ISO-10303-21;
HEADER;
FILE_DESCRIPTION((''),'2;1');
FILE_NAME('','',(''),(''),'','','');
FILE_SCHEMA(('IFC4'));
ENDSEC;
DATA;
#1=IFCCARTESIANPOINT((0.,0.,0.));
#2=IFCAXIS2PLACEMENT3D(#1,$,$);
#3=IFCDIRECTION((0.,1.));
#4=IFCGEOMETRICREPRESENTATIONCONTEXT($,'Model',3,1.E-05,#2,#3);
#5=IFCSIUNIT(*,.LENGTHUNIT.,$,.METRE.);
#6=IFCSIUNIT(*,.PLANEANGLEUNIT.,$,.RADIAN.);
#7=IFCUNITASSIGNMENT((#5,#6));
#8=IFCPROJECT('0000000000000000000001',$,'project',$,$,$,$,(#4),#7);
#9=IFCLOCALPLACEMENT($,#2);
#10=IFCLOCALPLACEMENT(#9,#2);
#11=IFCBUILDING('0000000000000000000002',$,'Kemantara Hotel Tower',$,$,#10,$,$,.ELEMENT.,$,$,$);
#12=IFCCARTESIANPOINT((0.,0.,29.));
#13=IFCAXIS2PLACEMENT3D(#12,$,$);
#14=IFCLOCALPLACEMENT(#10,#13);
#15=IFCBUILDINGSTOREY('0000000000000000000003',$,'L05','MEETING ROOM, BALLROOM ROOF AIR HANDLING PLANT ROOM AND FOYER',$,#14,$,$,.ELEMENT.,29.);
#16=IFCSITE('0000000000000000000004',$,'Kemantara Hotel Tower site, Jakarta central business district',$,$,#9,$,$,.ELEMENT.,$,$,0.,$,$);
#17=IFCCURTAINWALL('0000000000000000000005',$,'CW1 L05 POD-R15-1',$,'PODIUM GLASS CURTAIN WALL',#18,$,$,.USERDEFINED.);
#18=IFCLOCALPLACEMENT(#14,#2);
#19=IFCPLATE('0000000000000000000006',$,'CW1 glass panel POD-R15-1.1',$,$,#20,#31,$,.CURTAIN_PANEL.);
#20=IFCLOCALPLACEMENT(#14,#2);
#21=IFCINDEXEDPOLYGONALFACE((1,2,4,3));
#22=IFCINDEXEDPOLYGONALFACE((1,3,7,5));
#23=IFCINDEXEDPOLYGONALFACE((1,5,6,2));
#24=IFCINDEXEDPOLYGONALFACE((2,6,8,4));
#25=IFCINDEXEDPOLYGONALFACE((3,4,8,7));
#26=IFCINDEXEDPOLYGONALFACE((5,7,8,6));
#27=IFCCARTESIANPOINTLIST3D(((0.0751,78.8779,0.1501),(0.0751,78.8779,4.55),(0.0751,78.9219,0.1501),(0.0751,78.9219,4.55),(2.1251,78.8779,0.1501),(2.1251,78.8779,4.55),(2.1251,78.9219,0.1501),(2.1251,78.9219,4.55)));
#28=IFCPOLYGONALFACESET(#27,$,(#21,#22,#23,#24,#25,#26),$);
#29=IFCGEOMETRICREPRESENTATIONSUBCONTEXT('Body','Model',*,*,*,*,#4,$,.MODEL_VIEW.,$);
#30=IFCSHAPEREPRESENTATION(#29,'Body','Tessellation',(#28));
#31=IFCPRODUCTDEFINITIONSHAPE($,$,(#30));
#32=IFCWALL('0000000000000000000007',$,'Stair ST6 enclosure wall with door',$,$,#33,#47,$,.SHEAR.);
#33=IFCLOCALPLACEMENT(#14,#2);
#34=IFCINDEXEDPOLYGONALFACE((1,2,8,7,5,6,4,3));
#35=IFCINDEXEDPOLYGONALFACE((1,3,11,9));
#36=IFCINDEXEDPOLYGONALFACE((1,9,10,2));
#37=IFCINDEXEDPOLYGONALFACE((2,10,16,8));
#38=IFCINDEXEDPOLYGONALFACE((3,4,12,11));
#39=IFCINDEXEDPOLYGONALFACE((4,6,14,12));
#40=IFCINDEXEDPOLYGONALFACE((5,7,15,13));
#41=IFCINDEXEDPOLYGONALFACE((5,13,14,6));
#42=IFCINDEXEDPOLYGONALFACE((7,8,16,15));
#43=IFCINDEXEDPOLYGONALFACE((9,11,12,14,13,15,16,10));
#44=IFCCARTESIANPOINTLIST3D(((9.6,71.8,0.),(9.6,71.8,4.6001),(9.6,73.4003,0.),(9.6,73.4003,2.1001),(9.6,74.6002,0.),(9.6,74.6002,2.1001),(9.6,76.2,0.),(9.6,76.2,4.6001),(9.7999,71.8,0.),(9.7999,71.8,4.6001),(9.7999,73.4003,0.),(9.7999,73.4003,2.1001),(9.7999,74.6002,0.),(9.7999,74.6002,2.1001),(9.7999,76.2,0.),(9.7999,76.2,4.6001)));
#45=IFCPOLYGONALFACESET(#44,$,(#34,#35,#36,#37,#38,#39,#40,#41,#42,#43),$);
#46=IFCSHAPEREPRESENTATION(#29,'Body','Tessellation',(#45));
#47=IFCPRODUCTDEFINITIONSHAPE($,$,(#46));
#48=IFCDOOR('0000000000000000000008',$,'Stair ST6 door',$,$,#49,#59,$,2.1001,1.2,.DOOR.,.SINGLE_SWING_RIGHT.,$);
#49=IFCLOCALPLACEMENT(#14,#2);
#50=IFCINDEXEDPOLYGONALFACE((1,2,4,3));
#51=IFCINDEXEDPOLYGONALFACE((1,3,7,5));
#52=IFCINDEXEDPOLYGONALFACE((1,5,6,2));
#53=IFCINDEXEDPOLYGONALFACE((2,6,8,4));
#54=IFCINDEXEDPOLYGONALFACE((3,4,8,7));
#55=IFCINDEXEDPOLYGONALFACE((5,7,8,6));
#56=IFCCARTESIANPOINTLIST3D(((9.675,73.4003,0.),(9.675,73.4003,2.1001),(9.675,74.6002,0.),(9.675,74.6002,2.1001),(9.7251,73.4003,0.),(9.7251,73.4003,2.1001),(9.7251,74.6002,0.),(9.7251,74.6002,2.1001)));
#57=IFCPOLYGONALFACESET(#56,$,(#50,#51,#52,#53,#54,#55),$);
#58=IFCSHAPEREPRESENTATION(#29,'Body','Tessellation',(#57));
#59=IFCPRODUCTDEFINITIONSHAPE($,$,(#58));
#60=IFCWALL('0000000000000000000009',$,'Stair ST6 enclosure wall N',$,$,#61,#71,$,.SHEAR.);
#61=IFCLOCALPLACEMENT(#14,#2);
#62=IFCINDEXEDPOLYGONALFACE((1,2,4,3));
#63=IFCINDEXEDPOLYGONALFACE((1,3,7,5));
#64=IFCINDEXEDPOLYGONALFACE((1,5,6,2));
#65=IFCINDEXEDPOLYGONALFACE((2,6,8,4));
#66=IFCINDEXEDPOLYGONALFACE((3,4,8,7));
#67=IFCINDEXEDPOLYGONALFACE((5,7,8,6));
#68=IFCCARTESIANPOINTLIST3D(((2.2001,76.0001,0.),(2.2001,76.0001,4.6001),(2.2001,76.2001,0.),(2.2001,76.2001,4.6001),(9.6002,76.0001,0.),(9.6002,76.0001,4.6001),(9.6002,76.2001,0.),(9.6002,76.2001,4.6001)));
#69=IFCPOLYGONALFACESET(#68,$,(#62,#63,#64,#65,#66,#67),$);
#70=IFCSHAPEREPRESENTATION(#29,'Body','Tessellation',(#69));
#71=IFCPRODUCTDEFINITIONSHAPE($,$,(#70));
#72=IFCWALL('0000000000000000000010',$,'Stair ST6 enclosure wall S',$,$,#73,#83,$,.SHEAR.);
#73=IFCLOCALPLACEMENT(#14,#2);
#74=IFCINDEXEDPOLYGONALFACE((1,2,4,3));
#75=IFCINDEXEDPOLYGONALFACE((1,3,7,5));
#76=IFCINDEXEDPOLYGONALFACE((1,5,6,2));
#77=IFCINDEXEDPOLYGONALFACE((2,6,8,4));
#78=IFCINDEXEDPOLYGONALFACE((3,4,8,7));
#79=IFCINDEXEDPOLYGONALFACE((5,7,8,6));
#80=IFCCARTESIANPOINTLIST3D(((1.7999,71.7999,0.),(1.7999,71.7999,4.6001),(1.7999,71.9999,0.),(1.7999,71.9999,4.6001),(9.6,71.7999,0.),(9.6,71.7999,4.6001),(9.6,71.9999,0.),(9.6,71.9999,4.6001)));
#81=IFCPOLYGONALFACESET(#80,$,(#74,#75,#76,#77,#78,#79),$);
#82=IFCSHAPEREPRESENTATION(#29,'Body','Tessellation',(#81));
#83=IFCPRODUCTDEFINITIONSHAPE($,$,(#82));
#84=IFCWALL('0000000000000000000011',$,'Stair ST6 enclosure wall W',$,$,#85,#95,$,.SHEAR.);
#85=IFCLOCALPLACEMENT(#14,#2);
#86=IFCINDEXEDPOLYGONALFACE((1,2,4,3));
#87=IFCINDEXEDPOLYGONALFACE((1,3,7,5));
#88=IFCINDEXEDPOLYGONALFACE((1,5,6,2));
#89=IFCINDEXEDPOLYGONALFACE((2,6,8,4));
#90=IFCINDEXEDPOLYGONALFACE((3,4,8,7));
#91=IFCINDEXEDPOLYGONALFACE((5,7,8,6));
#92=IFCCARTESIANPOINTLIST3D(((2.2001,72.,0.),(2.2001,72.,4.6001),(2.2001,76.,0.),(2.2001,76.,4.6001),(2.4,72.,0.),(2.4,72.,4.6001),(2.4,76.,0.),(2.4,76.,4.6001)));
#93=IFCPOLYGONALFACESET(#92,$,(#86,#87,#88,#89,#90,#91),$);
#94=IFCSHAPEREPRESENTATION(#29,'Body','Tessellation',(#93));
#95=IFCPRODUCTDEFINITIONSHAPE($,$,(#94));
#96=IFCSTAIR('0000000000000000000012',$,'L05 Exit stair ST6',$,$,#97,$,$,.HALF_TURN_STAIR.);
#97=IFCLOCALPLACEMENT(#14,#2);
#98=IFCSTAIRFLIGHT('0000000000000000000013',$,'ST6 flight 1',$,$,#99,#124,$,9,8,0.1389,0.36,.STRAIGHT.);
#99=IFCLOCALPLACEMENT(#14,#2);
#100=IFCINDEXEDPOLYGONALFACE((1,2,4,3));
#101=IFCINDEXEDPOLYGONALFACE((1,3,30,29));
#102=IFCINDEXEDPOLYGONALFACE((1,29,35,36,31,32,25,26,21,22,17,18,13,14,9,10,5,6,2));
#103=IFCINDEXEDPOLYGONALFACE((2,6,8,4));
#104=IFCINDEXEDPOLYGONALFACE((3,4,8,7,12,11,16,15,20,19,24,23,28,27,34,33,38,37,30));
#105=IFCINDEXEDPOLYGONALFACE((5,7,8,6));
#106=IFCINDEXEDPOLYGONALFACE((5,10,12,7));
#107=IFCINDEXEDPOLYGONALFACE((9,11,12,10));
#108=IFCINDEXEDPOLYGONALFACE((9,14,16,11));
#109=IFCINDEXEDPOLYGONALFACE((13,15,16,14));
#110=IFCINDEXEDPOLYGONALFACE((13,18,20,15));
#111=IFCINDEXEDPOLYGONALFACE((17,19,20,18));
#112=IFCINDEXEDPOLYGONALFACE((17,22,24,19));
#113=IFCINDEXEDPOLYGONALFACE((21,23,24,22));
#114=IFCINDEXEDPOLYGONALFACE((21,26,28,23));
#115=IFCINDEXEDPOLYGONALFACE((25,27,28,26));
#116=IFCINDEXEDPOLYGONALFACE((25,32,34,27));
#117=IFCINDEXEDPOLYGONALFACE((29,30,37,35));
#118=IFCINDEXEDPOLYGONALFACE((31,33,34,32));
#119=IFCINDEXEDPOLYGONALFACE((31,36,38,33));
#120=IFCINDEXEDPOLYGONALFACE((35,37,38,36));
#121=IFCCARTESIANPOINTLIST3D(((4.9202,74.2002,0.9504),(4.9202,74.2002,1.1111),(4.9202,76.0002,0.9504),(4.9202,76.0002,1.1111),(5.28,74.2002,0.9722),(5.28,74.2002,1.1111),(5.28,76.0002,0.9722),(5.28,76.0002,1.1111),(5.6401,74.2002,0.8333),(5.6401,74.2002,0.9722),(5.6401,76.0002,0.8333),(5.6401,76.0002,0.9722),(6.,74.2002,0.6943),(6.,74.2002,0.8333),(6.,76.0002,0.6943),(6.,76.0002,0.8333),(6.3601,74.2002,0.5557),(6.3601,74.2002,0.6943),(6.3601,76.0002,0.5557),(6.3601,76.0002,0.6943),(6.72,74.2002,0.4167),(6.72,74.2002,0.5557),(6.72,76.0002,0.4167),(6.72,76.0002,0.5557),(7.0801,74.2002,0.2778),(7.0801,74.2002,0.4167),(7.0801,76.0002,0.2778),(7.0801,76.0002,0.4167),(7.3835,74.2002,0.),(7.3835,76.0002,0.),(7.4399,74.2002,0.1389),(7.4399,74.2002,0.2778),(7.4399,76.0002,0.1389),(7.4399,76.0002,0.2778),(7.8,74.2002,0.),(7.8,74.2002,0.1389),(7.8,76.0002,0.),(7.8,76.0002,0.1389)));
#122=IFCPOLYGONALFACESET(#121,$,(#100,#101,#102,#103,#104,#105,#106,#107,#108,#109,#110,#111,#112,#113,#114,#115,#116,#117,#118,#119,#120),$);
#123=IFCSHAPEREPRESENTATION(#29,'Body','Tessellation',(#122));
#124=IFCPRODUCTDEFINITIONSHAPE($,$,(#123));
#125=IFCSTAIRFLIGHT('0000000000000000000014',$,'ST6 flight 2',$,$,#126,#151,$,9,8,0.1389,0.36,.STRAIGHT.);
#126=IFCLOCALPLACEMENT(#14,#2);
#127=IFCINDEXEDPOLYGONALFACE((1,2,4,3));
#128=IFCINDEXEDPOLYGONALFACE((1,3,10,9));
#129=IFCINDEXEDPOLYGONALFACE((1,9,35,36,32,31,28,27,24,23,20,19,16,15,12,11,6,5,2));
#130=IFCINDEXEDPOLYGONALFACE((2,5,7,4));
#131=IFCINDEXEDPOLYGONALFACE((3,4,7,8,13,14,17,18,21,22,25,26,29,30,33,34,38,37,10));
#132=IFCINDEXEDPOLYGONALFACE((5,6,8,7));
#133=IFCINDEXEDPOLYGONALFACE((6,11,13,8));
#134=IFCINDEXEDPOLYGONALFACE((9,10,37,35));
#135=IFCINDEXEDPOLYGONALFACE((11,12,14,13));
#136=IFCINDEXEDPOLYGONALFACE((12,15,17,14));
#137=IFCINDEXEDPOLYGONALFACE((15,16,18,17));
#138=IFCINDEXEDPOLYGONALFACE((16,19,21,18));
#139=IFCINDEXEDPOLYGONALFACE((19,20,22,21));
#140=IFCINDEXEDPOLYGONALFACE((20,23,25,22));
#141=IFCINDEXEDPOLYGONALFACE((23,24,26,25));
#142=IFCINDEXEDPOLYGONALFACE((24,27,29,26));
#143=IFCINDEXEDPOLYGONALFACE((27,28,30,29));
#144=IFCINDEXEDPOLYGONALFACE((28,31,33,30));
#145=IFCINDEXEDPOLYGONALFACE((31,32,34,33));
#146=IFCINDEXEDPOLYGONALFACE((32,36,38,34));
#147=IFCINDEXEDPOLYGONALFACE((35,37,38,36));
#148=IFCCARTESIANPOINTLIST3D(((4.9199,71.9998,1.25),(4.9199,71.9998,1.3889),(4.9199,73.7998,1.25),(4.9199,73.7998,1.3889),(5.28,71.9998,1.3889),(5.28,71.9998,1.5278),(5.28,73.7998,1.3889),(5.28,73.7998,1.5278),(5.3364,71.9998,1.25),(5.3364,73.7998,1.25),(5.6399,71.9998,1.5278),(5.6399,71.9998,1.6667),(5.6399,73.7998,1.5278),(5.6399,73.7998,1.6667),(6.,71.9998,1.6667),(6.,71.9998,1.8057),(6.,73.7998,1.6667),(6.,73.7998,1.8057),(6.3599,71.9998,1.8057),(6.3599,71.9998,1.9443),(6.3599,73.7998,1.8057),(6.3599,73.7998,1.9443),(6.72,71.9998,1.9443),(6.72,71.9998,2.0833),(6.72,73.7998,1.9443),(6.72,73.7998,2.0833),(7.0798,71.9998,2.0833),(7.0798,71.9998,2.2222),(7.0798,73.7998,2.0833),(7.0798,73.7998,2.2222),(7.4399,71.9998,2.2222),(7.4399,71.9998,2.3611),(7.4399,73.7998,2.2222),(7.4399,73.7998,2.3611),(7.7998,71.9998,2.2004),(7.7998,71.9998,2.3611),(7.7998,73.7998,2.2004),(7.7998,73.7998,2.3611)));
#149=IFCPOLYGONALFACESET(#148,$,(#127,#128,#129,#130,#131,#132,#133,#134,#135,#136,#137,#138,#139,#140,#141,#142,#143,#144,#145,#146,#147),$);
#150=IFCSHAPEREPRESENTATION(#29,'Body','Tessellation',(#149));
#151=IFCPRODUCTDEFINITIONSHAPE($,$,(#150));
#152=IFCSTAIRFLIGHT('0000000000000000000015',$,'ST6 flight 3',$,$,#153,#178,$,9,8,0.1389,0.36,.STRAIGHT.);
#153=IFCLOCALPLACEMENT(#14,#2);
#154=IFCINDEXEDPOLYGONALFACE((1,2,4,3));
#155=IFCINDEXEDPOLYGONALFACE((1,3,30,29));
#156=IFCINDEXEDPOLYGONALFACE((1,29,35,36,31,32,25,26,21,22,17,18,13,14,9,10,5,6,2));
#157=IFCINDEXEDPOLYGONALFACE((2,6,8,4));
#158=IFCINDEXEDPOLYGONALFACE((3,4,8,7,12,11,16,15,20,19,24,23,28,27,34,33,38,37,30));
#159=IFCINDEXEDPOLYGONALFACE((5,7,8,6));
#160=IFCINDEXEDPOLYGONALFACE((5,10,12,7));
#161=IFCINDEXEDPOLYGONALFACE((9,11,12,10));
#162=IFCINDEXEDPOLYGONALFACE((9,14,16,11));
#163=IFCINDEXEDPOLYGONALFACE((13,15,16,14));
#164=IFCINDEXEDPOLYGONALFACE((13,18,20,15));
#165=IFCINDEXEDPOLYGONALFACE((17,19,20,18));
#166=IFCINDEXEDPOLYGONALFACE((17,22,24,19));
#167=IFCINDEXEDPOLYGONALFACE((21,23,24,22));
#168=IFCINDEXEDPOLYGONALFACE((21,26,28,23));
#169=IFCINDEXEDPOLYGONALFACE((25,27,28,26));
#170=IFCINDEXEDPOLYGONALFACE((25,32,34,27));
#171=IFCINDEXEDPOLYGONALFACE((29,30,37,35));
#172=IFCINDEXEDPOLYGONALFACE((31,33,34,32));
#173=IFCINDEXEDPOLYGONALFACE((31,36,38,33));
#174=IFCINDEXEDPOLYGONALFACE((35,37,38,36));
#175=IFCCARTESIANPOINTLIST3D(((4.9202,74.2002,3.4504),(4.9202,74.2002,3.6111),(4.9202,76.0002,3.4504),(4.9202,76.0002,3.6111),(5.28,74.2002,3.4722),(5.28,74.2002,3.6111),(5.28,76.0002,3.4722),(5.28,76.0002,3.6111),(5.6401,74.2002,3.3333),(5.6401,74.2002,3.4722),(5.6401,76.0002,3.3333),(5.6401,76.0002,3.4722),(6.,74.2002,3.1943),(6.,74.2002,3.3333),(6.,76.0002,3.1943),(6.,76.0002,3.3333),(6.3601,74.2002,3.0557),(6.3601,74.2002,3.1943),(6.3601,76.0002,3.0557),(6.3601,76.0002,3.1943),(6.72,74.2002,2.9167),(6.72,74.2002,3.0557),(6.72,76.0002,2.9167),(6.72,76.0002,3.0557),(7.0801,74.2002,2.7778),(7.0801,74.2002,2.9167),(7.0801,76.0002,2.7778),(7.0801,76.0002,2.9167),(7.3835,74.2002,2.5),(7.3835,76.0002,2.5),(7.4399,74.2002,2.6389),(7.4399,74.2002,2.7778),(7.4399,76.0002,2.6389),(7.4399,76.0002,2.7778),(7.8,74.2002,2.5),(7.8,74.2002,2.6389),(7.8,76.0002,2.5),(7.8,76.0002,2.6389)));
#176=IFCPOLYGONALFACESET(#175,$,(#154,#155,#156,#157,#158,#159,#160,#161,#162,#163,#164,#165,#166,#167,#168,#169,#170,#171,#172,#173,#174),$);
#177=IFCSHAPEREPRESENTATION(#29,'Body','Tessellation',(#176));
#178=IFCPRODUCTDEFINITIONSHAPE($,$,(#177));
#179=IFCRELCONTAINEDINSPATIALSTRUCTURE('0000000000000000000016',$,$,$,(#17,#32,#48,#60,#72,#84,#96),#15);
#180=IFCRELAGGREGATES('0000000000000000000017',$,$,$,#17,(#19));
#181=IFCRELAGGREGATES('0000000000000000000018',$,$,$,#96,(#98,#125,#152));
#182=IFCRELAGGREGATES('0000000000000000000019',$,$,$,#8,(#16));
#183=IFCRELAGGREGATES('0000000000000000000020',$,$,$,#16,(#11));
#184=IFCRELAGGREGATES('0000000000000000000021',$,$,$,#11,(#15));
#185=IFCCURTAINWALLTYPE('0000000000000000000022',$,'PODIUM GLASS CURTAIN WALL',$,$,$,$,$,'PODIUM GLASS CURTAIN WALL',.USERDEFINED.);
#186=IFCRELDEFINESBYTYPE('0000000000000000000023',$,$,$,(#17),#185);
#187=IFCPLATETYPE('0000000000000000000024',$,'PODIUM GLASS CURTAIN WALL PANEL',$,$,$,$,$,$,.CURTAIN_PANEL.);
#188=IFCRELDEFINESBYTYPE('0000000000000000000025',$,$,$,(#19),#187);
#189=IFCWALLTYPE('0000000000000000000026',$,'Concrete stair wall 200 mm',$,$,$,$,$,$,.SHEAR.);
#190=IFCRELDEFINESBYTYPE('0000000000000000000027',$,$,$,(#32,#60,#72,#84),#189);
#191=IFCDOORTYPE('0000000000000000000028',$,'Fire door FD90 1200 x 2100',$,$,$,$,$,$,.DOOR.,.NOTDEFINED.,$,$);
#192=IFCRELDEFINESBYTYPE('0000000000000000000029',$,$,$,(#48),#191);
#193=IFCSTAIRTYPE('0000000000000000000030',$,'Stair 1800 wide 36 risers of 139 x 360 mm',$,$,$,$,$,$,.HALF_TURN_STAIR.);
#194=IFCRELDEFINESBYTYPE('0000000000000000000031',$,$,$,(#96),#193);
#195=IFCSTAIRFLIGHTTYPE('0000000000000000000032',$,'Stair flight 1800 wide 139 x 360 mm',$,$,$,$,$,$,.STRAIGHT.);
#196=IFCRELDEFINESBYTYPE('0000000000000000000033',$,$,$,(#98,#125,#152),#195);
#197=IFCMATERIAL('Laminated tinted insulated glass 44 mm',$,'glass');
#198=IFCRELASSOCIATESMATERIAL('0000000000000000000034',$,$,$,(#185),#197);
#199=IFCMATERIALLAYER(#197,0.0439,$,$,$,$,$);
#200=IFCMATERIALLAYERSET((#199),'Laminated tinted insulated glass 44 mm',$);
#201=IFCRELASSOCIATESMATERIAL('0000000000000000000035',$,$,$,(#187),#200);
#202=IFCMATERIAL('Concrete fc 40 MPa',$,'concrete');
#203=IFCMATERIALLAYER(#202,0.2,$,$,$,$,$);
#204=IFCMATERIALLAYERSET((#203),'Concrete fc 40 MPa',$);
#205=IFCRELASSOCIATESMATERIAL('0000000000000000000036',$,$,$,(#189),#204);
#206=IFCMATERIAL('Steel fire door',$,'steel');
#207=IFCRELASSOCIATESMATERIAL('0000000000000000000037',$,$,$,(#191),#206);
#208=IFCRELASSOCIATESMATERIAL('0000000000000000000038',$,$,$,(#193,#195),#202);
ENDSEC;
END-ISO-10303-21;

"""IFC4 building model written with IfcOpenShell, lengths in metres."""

from ifc_helpers import new_model, si_unit, direction, frame, frame_2d, origin, origin_2d, place, context, subcontext, project, spatial, polyline, rectangle, outline, extrude, source, transform, mapped, material, layer, layer_set, type_object, element, fill, aggregate, save


model = new_model("IFC4")

# Units and contexts
model_context = context("Model", 3, precision=1e-05, world=origin(), true_north=direction((0.0, 1.0)))
body_context = subcontext(model_context, "Body", "Model", "MODEL_VIEW")
ifc_project = project(units=[si_unit("LENGTHUNIT", "METRE"), si_unit("PLANEANGLEUNIT", "RADIAN")], contexts=[model_context])

# Site, building, storey
site_placement = place(None, origin())
site = spatial("IfcSite", under=ifc_project, at=site_placement, Name="Kemantara Hotel Tower site, Jakarta central business district", CompositionType="ELEMENT", RefElevation=0.0)
building_placement = place(site_placement, origin())
building = spatial("IfcBuilding", under=site, at=building_placement, Name="Kemantara Hotel Tower", CompositionType="ELEMENT")
storey_placement = place(building_placement, frame((0.0, 0.0, 29.0)))
storey = spatial("IfcBuildingStorey", under=building, at=storey_placement, Name="L05", Description="MEETING ROOM, BALLROOM ROOF AIR HANDLING PLANT ROOM AND FOYER", CompositionType="ELEMENT", Elevation=29.0)

# Curtain wall
ifc_material_1 = material(Name="Laminated tinted insulated glass 44 mm", Category="glass")
curtain_wall_type = type_object("IfcCurtainWallType", Name="PODIUM GLASS CURTAIN WALL", ElementType="PODIUM GLASS CURTAIN WALL", PredefinedType="USERDEFINED", material=ifc_material_1)
curtain_wall_1_placement = place(storey_placement, origin())
curtain_wall_1 = element("IfcCurtainWall", 1, at=curtain_wall_1_placement, inside=storey, type_object=curtain_wall_type, Name="CW1 L05 POD-R15-1", ObjectType="PODIUM GLASS CURTAIN WALL", PredefinedType="USERDEFINED")

# Plate
ifc_layer_1 = layer(ifc_material_1, 0.0439)
ifc_layer_set_1 = layer_set([ifc_layer_1], Name="Laminated tinted insulated glass 44 mm")
plate_type = type_object("IfcPlateType", Name="PODIUM GLASS CURTAIN WALL PANEL", PredefinedType="CURTAIN_PANEL", material=ifc_layer_set_1)
shared_shape_1 = source(origin(), body_context, "Body", "SweptSolid", [
    extrude(rectangle(XDim=2.05, YDim=0.0439, at=origin_2d()), origin(), (0.0, 0.0, 1.0), 4.3999),
])
plate_1_placement = place(storey_placement, frame((1.1001, 78.8999, 0.1501), z_axis=(0.0, 0.0, 1.0), x_axis=(-1.0, 0.0, 0.0)))
plate_1 = element("IfcPlate", 2, at=plate_1_placement, type_object=plate_type, Name="CW1 glass panel POD-R15-1.1", PredefinedType="CURTAIN_PANEL", context=body_context, shape_type="MappedRepresentation", body=[
    mapped(shared_shape_1, transform((0.0, 0.0, 0.0))),
])
aggregate(curtain_wall_1, [plate_1])

# Wall, opening, door
ifc_material_2 = material(Name="Concrete fc 40 MPa", Category="concrete")
ifc_layer_2 = layer(ifc_material_2, 0.2)
ifc_layer_set_2 = layer_set([ifc_layer_2], Name="Concrete fc 40 MPa")
wall_type = type_object("IfcWallType", Name="Concrete stair wall 200 mm", PredefinedType="SHEAR", material=ifc_layer_set_2)
wall_1_placement = place(storey_placement, frame((9.7, 71.8, 0.0), z_axis=(0.0, 0.0, 1.0), x_axis=(0.0, 1.0, 0.0)))
wall_1 = element("IfcWall", 3, at=wall_1_placement, inside=storey, type_object=wall_type, Name="Stair ST6 enclosure wall with door", PredefinedType="SHEAR", context=body_context, shape_type="SweptSolid", body=[
    extrude(rectangle(XDim=4.3999, YDim=0.2, at=frame_2d((2.2, 0.0))), origin(), (0.0, 0.0, 1.0), 4.6001),
])
opening_placement = place(wall_1_placement, frame((1.6001, 0.0, 0.0)))
opening = element("IfcOpeningElement", 4, at=opening_placement, cuts=wall_1, PredefinedType="OPENING", context=body_context, shape_type="SweptSolid", body=[
    extrude(rectangle(XDim=1.2, YDim=2.1001, at=frame_2d((0.6001, 1.05))), frame((0.0, 0.1099, 0.0), z_axis=(0.0, -1.0, 0.0), x_axis=(1.0, 0.0, 0.0)), (0.0, 0.0, 1.0), 0.22),
])
ifc_material_3 = material(Name="Steel fire door", Category="steel")
door_type = type_object("IfcDoorType", Name="Fire door FD90 1200 x 2100", OperationType="NOTDEFINED", PredefinedType="DOOR", material=ifc_material_3)
door_placement = place(opening_placement, origin())
door = element("IfcDoor", 5, at=door_placement, inside=storey, type_object=door_type, Name="Stair ST6 door", OperationType="SINGLE_SWING_RIGHT", OverallHeight=2.1001, OverallWidth=1.2, PredefinedType="DOOR", context=body_context, shape_type="SweptSolid", body=[
    extrude(rectangle(XDim=1.2, YDim=2.1001, at=frame_2d((0.6001, 1.05))), frame((0.0, 0.0249, 0.0), z_axis=(0.0, -1.0, 0.0), x_axis=(1.0, 0.0, 0.0)), (0.0, 0.0, 1.0), 0.05),
])
fill(opening, door)

# Walls
wall_2_placement = place(storey_placement, frame((2.2, 76.1001, 0.0), z_axis=(0.0, 0.0, 1.0), x_axis=(1.0, 0.0, 0.0)))
element("IfcWall", 6, at=wall_2_placement, inside=storey, type_object=wall_type, Name="Stair ST6 enclosure wall N", PredefinedType="SHEAR", context=body_context, shape_type="SweptSolid", body=[
    extrude(rectangle(XDim=7.4001, YDim=0.2, at=frame_2d((3.7002, 0.0))), origin(), (0.0, 0.0, 1.0), 4.6001),
])
wall_3_placement = place(storey_placement, frame((1.8, 71.8999, 0.0), z_axis=(0.0, 0.0, 1.0), x_axis=(1.0, 0.0, 0.0)))
element("IfcWall", 7, at=wall_3_placement, inside=storey, type_object=wall_type, Name="Stair ST6 enclosure wall S", PredefinedType="SHEAR", context=body_context, shape_type="SweptSolid", body=[
    extrude(rectangle(XDim=7.8, YDim=0.2, at=frame_2d((3.8999, 0.0))), origin(), (0.0, 0.0, 1.0), 4.6001),
])
wall_4_placement = place(storey_placement, frame((2.3, 72.0, 0.0), z_axis=(0.0, 0.0, 1.0), x_axis=(0.0, 1.0, 0.0)))
element("IfcWall", 8, at=wall_4_placement, inside=storey, type_object=wall_type, Name="Stair ST6 enclosure wall W", PredefinedType="SHEAR", context=body_context, shape_type="SweptSolid", body=[
    extrude(rectangle(XDim=4.0, YDim=0.2, at=frame_2d((2.0, 0.0))), origin(), (0.0, 0.0, 1.0), 4.6001),
])

# Stair, stair flights
stair_type = type_object("IfcStairType", Name="Stair 1800 wide 36 risers of 139 x 360 mm", PredefinedType="HALF_TURN_STAIR", material=ifc_material_2)
stair_placement = place(storey_placement, origin())
stair = element("IfcStair", 9, at=stair_placement, inside=storey, type_object=stair_type, Name="L05 Exit stair ST6", PredefinedType="HALF_TURN_STAIR")
stair_flight_type = type_object("IfcStairFlightType", Name="Stair flight 1800 wide 139 x 360 mm", PredefinedType="STRAIGHT", material=ifc_material_2)
stair_flight_1_placement = place(storey_placement, frame((7.8, 75.1001, 0.0), z_axis=(0.0, 0.0, 1.0), x_axis=(-1.0, 0.0, 0.0)))
stair_flight_1 = element("IfcStairFlight", 10, at=stair_flight_1_placement, type_object=stair_flight_type, Name="ST6 flight 1", NumberOfRisers=9, NumberOfTreads=8, PredefinedType="STRAIGHT", RiserHeight=0.1389, TreadLength=0.36, context=body_context, shape_type="SweptSolid", body=[
    extrude(outline(polyline([(0.0, 0.0), (0.0, 0.1389), (0.3601, 0.1389), (0.3601, 0.2778), (0.72, 0.2778), (0.72, 0.4167), (1.0801, 0.4167), (1.0801, 0.5557), (1.4399, 0.5557), (1.4399, 0.6943), (1.8, 0.6943), (1.8, 0.8333), (2.1599, 0.8333), (2.1599, 0.9722), (2.52, 0.9722), (2.52, 1.1111), (2.8799, 1.1111), (2.8799, 1.25), (2.8799, 0.9504), (0.4165, 0.0), (0.0, 0.0)])), frame((0.0, 0.8999, 0.0), z_axis=(0.0, -1.0, 0.0), x_axis=(1.0, 0.0, 0.0)), (0.0, 0.0, 1.0), 1.8),
])
stair_flight_2_placement = place(storey_placement, frame((4.9199, 72.8999, 1.25), z_axis=(0.0, 0.0, 1.0), x_axis=(1.0, 0.0, 0.0)))
stair_flight_2 = element("IfcStairFlight", 11, at=stair_flight_2_placement, type_object=stair_flight_type, Name="ST6 flight 2", NumberOfRisers=9, NumberOfTreads=8, PredefinedType="STRAIGHT", RiserHeight=0.1389, TreadLength=0.36, context=body_context, shape_type="SweptSolid", body=[
    extrude(outline(polyline([(0.0, 0.0), (0.0, 0.1389), (0.3601, 0.1389), (0.3601, 0.2778), (0.72, 0.2778), (0.72, 0.4167), (1.0801, 0.4167), (1.0801, 0.5557), (1.4399, 0.5557), (1.4399, 0.6943), (1.8, 0.6943), (1.8, 0.8333), (2.1599, 0.8333), (2.1599, 0.9722), (2.52, 0.9722), (2.52, 1.1111), (2.8799, 1.1111), (2.8799, 1.25), (2.8799, 0.9504), (0.4165, 0.0), (0.0, 0.0)])), frame((0.0, 0.8999, 0.0), z_axis=(0.0, -1.0, 0.0), x_axis=(1.0, 0.0, 0.0)), (0.0, 0.0, 1.0), 1.8),
])
stair_flight_3_placement = place(storey_placement, frame((7.8, 75.1001, 2.5), z_axis=(0.0, 0.0, 1.0), x_axis=(-1.0, 0.0, 0.0)))
stair_flight_3 = element("IfcStairFlight", 12, at=stair_flight_3_placement, type_object=stair_flight_type, Name="ST6 flight 3", NumberOfRisers=9, NumberOfTreads=8, PredefinedType="STRAIGHT", RiserHeight=0.1389, TreadLength=0.36, context=body_context, shape_type="SweptSolid", body=[
    extrude(outline(polyline([(0.0, 0.0), (0.0, 0.1389), (0.3601, 0.1389), (0.3601, 0.2778), (0.72, 0.2778), (0.72, 0.4167), (1.0801, 0.4167), (1.0801, 0.5557), (1.4399, 0.5557), (1.4399, 0.6943), (1.8, 0.6943), (1.8, 0.8333), (2.1599, 0.8333), (2.1599, 0.9722), (2.52, 0.9722), (2.52, 1.1111), (2.8799, 1.1111), (2.8799, 1.25), (2.8799, 0.9504), (0.4165, 0.0), (0.0, 0.0)])), frame((0.0, 0.8999, 0.0), z_axis=(0.0, -1.0, 0.0), x_axis=(1.0, 0.0, 0.0)), (0.0, 0.0, 1.0), 1.8),
])
aggregate(stair, [stair_flight_1, stair_flight_2, stair_flight_3])

save(model, "model.ifc")
